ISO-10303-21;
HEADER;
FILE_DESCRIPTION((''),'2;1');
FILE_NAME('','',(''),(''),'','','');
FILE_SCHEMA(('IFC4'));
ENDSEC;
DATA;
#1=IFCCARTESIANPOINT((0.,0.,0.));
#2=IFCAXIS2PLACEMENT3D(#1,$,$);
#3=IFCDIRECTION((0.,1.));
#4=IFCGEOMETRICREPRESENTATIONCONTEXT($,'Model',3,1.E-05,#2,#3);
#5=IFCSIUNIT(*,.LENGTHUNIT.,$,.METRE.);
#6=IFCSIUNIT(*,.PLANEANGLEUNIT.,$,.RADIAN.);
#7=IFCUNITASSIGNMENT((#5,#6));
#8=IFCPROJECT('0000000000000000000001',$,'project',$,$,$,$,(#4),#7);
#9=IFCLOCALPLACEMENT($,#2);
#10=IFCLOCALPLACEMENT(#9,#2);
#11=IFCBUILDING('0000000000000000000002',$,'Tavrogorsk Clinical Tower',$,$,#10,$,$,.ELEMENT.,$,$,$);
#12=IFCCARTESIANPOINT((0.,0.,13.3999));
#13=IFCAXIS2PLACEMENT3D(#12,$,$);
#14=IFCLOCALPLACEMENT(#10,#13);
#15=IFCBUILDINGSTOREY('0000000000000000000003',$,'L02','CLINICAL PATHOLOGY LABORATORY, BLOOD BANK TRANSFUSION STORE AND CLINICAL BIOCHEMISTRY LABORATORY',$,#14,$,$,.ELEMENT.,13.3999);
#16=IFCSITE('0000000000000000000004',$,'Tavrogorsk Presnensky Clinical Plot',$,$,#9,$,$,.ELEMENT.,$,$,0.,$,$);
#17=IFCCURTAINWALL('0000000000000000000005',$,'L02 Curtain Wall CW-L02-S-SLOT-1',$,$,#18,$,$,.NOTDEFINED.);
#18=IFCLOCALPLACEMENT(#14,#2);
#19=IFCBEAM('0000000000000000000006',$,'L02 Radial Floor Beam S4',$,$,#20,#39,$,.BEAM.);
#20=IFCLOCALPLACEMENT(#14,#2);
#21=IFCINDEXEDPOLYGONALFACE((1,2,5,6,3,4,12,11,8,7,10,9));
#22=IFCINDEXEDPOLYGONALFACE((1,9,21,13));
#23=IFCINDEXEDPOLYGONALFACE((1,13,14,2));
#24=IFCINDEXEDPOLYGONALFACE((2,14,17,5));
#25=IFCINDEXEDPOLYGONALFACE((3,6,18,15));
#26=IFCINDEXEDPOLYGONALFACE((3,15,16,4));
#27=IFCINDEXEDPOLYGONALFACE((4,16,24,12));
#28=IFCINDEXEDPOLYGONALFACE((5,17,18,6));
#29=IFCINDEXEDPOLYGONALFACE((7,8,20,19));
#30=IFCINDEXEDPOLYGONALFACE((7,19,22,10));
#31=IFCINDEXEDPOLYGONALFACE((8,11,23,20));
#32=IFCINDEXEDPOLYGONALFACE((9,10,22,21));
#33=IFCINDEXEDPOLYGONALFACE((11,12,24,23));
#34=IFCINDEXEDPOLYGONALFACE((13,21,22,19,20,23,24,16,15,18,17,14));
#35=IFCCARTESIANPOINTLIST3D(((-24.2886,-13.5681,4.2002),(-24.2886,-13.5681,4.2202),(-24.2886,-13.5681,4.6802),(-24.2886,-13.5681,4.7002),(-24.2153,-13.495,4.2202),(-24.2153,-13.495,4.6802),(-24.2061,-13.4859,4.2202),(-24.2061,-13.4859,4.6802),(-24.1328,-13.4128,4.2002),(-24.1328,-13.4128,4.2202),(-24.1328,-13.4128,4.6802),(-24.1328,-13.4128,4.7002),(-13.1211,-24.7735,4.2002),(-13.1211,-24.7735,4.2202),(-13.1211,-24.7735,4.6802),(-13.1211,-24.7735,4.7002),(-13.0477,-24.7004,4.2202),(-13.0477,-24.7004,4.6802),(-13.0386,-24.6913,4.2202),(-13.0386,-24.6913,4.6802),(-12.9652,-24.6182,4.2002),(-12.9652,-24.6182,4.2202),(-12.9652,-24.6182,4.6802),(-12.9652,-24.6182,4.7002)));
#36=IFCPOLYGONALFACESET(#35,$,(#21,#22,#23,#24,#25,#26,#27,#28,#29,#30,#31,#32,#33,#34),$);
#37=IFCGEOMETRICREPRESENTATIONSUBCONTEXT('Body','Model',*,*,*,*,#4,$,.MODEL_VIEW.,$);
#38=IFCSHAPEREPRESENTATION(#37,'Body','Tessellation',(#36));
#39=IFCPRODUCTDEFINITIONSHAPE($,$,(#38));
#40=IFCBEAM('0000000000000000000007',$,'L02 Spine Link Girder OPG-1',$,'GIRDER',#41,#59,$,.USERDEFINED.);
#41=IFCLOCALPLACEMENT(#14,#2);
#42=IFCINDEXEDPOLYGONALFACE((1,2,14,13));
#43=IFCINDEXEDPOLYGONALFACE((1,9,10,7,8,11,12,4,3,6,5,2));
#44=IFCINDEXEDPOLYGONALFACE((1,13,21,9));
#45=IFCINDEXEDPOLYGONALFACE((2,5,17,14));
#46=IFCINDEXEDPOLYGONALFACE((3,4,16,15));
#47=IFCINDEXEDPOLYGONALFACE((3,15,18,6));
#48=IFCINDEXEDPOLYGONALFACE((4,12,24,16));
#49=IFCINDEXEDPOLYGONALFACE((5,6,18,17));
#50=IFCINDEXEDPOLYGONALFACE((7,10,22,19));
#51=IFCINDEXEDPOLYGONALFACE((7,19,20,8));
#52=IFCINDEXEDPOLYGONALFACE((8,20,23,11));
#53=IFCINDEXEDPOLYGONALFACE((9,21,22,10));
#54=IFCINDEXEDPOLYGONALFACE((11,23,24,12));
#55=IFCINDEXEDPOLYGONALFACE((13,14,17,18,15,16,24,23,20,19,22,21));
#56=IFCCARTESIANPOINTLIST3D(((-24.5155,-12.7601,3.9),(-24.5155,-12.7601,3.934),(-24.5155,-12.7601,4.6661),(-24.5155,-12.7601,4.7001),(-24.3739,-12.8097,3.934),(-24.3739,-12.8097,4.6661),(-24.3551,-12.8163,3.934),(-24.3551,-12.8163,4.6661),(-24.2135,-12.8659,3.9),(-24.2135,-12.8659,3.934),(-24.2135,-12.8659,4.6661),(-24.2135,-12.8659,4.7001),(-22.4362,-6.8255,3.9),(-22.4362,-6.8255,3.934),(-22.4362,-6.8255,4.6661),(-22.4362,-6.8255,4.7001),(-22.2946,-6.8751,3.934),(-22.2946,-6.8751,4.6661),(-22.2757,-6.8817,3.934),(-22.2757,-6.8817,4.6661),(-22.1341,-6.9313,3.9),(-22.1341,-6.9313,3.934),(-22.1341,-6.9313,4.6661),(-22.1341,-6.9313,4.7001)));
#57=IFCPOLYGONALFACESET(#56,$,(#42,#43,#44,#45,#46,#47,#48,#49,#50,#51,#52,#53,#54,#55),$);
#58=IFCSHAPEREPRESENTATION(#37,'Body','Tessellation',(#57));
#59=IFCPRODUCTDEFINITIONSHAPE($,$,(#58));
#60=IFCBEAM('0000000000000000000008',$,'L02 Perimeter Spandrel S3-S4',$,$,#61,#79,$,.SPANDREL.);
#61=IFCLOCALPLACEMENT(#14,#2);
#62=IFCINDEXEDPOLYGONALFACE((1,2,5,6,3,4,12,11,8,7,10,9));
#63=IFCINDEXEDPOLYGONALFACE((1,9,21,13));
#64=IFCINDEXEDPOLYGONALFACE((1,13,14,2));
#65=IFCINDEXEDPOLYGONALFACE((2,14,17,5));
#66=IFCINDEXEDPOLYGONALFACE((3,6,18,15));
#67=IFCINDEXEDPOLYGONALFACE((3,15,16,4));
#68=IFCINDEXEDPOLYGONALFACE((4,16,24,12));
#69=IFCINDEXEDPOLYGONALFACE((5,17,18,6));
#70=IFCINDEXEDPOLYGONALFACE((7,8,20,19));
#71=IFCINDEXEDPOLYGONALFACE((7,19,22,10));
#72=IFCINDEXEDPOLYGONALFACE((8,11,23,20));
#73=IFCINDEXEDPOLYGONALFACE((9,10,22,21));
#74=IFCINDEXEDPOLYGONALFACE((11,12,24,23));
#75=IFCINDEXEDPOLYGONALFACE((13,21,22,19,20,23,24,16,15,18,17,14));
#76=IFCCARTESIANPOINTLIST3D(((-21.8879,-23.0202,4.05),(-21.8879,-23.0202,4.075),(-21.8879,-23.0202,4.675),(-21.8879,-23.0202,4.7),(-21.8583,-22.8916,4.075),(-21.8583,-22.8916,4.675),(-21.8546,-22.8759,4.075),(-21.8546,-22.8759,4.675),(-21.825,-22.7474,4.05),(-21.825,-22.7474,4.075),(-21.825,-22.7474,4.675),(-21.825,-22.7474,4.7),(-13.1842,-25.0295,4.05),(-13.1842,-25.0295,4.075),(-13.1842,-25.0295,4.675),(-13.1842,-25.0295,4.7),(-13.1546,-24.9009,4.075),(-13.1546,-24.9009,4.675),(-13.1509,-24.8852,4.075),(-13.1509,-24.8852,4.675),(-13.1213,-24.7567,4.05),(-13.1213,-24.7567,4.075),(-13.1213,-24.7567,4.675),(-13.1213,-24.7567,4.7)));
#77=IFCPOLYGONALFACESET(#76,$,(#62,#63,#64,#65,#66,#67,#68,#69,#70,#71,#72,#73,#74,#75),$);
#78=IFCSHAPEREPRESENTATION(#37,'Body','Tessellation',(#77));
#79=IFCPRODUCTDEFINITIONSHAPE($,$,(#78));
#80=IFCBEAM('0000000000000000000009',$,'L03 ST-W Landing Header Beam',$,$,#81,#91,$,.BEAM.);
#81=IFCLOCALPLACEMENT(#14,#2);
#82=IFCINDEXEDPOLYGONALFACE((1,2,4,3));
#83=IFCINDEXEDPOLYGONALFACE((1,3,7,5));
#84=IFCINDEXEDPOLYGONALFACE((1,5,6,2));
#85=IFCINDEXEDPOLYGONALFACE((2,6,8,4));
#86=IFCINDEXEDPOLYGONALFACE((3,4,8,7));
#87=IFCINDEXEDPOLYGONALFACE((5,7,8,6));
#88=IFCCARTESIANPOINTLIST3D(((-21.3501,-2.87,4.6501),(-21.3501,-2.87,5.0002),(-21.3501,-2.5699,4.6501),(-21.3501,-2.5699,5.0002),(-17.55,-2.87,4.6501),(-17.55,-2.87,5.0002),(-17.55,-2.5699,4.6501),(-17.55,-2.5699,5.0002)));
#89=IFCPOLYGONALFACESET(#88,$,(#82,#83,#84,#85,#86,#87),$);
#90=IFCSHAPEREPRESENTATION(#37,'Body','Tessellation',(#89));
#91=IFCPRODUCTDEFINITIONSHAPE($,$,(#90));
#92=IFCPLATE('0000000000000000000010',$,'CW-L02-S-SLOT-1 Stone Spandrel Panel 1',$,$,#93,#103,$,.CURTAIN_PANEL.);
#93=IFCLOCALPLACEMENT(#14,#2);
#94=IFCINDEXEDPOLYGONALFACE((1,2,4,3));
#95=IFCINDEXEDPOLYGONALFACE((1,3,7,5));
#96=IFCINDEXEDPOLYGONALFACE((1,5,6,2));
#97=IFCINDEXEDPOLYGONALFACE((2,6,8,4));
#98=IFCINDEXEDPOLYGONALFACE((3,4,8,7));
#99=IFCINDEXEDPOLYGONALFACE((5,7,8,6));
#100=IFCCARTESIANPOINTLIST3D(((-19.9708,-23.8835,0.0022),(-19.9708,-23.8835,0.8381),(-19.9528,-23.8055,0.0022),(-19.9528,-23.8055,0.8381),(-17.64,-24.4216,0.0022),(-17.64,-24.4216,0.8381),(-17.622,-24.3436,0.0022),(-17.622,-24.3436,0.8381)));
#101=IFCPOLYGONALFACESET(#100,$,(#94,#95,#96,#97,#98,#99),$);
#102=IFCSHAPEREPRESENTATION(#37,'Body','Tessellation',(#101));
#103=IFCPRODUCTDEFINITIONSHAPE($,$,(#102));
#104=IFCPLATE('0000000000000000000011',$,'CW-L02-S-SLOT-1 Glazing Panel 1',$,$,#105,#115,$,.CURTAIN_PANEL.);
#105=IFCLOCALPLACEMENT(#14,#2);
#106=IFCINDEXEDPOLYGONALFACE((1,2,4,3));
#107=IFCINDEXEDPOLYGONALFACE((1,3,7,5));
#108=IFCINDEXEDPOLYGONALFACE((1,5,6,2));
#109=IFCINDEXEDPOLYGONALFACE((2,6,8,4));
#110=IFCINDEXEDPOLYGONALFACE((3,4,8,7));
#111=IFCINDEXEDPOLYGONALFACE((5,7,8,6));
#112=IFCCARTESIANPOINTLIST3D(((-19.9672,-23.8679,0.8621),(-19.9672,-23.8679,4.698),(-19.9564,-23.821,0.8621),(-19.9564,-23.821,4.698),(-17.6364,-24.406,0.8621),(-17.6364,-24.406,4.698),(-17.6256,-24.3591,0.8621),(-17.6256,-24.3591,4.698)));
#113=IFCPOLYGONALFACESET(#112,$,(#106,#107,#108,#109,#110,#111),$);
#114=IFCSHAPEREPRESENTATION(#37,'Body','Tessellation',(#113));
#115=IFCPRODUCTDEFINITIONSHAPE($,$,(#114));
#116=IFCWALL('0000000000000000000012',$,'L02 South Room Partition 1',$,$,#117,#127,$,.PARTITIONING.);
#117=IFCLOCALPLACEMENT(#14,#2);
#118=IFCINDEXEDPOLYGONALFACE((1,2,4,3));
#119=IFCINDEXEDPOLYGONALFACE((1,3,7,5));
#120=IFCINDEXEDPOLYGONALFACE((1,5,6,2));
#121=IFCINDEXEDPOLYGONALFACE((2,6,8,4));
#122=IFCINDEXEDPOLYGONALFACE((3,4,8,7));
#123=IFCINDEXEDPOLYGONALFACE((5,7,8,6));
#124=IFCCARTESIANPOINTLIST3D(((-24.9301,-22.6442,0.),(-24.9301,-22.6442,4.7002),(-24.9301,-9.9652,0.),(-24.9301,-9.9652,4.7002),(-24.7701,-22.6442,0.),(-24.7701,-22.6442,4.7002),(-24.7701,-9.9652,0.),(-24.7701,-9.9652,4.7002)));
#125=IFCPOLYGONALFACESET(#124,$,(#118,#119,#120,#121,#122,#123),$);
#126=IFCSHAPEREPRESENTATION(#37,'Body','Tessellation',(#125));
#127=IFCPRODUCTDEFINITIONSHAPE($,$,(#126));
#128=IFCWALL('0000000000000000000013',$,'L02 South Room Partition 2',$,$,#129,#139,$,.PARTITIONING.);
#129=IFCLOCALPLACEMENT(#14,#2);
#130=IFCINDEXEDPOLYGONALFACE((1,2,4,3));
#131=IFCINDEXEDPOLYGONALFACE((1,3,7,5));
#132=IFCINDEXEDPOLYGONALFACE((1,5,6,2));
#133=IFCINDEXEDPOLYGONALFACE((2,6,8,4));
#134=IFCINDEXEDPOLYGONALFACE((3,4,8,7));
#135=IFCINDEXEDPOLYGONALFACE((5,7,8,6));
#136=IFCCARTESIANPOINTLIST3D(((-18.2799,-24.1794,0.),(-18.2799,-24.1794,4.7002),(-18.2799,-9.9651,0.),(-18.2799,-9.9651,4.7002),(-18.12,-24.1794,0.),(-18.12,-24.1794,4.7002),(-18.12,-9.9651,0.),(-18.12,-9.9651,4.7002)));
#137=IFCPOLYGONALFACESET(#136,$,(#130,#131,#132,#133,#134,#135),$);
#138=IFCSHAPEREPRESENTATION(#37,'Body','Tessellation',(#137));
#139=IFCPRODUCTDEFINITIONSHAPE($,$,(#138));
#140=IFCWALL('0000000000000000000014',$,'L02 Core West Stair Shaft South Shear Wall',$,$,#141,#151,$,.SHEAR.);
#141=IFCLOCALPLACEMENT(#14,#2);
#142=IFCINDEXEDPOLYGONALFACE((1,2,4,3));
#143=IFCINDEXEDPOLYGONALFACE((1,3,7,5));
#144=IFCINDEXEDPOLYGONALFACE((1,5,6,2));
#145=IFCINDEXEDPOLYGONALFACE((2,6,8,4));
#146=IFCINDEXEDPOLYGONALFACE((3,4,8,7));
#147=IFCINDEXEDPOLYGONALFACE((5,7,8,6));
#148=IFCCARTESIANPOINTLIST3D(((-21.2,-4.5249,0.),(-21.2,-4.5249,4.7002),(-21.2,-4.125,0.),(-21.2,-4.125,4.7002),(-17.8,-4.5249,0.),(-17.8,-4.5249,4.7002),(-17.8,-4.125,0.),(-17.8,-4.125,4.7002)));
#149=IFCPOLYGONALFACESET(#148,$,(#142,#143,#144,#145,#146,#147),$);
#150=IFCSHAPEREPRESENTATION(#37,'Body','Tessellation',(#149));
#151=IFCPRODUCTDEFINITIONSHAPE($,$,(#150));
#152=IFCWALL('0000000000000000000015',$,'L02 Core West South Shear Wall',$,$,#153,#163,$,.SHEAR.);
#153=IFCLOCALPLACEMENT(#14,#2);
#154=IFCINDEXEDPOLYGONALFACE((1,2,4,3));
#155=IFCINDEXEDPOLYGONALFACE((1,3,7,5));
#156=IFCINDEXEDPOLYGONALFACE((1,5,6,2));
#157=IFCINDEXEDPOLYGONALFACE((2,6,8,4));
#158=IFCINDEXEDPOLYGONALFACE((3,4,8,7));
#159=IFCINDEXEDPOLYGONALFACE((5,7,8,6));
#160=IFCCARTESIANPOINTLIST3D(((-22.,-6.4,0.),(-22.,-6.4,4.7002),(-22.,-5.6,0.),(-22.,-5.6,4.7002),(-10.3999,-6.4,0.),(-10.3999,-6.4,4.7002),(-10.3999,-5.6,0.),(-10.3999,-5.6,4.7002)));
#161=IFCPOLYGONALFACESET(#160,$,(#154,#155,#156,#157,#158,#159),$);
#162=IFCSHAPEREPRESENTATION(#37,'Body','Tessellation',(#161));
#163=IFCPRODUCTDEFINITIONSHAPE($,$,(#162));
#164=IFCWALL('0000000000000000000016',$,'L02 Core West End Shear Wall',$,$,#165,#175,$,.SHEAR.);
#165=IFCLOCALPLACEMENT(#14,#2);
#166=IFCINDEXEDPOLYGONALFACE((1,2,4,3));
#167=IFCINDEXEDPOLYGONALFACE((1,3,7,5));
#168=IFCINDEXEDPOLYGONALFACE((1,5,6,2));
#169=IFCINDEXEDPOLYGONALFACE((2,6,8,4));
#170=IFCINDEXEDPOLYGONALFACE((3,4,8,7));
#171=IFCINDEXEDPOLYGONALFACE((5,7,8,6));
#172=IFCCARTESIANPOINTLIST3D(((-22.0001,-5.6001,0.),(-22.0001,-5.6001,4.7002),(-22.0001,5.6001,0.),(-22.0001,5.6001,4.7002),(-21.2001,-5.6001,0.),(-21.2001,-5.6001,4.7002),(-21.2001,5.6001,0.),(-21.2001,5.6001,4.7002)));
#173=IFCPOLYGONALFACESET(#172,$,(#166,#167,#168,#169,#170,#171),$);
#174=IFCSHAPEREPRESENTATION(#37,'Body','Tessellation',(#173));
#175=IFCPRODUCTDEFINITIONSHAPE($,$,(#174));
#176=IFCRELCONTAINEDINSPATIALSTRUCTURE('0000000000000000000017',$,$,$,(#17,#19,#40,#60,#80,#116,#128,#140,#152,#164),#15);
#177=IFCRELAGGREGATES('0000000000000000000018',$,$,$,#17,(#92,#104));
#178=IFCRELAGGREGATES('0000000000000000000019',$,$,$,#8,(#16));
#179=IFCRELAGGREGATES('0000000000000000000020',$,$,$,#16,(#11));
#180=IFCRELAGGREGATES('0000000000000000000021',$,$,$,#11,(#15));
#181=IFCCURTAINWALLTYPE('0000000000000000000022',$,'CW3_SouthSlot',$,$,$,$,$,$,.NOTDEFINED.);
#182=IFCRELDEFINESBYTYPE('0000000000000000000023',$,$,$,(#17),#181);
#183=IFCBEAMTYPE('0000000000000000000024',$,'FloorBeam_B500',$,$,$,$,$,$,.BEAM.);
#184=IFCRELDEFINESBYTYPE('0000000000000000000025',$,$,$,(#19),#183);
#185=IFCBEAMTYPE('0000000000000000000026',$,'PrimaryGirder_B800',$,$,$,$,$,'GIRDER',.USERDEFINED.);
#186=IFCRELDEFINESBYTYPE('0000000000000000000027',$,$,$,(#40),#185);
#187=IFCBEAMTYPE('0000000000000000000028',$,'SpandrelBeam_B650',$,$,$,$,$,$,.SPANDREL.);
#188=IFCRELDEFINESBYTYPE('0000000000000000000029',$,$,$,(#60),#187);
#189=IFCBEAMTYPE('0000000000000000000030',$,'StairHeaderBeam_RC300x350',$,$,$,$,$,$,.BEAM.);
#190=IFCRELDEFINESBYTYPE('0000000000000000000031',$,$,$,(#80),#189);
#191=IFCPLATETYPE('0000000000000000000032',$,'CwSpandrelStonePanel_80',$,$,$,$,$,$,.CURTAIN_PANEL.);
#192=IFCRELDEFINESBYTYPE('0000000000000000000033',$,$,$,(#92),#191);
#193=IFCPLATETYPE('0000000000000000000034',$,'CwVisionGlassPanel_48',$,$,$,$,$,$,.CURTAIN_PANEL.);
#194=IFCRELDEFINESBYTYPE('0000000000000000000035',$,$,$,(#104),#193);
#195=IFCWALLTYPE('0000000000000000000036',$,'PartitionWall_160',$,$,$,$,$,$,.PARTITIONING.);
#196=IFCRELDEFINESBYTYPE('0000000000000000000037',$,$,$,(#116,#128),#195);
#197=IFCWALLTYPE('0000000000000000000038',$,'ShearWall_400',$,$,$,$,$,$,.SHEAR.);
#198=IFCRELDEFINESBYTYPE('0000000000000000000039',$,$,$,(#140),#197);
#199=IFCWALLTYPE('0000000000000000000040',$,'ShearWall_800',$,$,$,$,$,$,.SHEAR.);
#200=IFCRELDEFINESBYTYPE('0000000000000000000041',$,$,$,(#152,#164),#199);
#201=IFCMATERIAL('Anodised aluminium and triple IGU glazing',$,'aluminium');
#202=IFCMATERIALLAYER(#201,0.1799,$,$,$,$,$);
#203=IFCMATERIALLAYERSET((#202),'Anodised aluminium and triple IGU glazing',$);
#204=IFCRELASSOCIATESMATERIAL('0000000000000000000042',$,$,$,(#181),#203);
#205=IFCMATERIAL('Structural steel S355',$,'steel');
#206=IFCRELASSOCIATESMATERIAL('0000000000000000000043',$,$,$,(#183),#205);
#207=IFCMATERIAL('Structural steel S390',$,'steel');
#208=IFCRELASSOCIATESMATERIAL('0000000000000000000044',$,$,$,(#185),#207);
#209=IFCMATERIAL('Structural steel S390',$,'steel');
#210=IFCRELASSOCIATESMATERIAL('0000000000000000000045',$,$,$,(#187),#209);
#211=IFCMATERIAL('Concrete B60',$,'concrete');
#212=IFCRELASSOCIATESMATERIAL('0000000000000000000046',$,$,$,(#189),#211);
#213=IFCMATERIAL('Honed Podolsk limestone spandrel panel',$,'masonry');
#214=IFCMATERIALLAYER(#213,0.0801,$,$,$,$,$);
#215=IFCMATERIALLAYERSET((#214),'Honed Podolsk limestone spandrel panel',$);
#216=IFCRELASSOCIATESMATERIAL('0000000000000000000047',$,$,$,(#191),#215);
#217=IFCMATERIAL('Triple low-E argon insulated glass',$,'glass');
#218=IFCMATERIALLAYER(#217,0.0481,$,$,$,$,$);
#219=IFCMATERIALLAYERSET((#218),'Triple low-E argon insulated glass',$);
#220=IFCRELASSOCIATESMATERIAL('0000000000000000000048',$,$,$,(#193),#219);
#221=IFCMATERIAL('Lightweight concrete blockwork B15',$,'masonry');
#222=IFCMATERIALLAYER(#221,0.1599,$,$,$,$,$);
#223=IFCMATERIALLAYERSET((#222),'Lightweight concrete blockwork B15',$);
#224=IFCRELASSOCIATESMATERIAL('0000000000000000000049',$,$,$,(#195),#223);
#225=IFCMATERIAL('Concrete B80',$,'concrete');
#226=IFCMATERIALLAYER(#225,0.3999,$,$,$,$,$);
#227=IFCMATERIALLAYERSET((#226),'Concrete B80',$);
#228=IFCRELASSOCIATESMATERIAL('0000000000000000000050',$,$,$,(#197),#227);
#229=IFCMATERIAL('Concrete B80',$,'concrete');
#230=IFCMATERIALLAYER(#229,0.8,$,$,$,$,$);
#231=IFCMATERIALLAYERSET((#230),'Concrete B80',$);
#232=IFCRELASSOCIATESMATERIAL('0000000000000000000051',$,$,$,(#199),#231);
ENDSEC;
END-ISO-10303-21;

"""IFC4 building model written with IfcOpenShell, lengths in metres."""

from ifc_helpers import new_model, si_unit, direction, frame, frame_2d, origin, origin_2d, place, context, subcontext, project, spatial, rectangle, i_section, extrude, material, layer, layer_set, material_profile, profile_set, type_object, element, aggregate, save


model = new_model("IFC4")

# Units and contexts
model_context = context("Model", 3, precision=1e-05, world=origin(), true_north=direction((0.0, 1.0)))
body_context = subcontext(model_context, "Body", "Model", "MODEL_VIEW")
ifc_project = project(units=[si_unit("LENGTHUNIT", "METRE"), si_unit("PLANEANGLEUNIT", "RADIAN")], contexts=[model_context])

# Site, building, storey
site_placement = place(None, origin())
site = spatial("IfcSite", under=ifc_project, at=site_placement, Name="Tavrogorsk Presnensky Clinical Plot", CompositionType="ELEMENT", RefElevation=0.0)
building_placement = place(site_placement, origin())
building = spatial("IfcBuilding", under=site, at=building_placement, Name="Tavrogorsk Clinical Tower", CompositionType="ELEMENT")
storey_placement = place(building_placement, frame((0.0, 0.0, 13.3999)))
storey = spatial("IfcBuildingStorey", under=building, at=storey_placement, Name="L02", Description="CLINICAL PATHOLOGY LABORATORY, BLOOD BANK TRANSFUSION STORE AND CLINICAL BIOCHEMISTRY LABORATORY", CompositionType="ELEMENT", Elevation=13.3999)

# Curtain wall
ifc_material_1 = material(Name="Anodised aluminium and triple IGU glazing", Category="aluminium")
ifc_layer_1 = layer(ifc_material_1, 0.1799)
ifc_layer_set_1 = layer_set([ifc_layer_1], Name="Anodised aluminium and triple IGU glazing")
curtain_wall_type = type_object("IfcCurtainWallType", Name="CW3_SouthSlot", PredefinedType="NOTDEFINED", material=ifc_layer_set_1)
curtain_wall_placement = place(storey_placement, origin())
curtain_wall = element("IfcCurtainWall", 1, at=curtain_wall_placement, inside=storey, type_object=curtain_wall_type, Name="L02 Curtain Wall CW-L02-S-SLOT-1", PredefinedType="NOTDEFINED")

# Beams
ifc_material_2 = material(Name="Structural steel S355", Category="steel")
ifc_material_profile_1 = material_profile(ifc_material_2, i_section(OverallWidth=0.22, OverallDepth=0.5, WebThickness=0.0129, FlangeThickness=0.02, at=origin_2d()), Name="B-500x220x13x20")
ifc_profile_set_1 = profile_set([ifc_material_profile_1], Name="Structural steel S355")
beam_type_1 = type_object("IfcBeamType", Name="FloorBeam_B500", PredefinedType="BEAM", material=ifc_profile_set_1)
beam_1_placement = place(storey_placement, frame((-24.2107, -13.4905, 4.4502), z_axis=(0.70591, -0.708302, 0.0), x_axis=(0.708302, 0.70591, 0.0)))
element("IfcBeam", 2, at=beam_1_placement, inside=storey, type_object=beam_type_1, Name="L02 Radial Floor Beam S4", PredefinedType="BEAM", context=body_context, shape_type="SweptSolid", body=[
    extrude(i_section(OverallWidth=0.22, OverallDepth=0.5, WebThickness=0.0129, FlangeThickness=0.02, at=origin_2d()), origin(), (0.0, 0.0, 1.0), 15.8201),
])
ifc_material_3 = material(Name="Structural steel S390", Category="steel")
ifc_material_profile_2 = material_profile(ifc_material_3, i_section(OverallWidth=0.3201, OverallDepth=0.8, WebThickness=0.02, FlangeThickness=0.0339, at=origin_2d()), Name="B-800x320x20x34")
ifc_profile_set_2 = profile_set([ifc_material_profile_2], Name="Structural steel S390")
beam_type_2 = type_object("IfcBeamType", Name="PrimaryGirder_B800", ElementType="GIRDER", PredefinedType="USERDEFINED", material=ifc_profile_set_2)
beam_2_placement = place(storey_placement, frame((-24.3645, -12.813, 4.3), z_axis=(0.330669, 0.943747, 0.0), x_axis=(-0.943747, 0.330669, 0.0)))
element("IfcBeam", 3, at=beam_2_placement, inside=storey, type_object=beam_type_2, Name="L02 Spine Link Girder OPG-1", ObjectType="GIRDER", PredefinedType="USERDEFINED", context=body_context, shape_type="SweptSolid", body=[
    extrude(i_section(OverallWidth=0.3201, OverallDepth=0.8, WebThickness=0.02, FlangeThickness=0.0339, at=origin_2d()), origin(), (0.0, 0.0, 1.0), 6.2883),
])
ifc_material_4 = material(Name="Structural steel S390", Category="steel")
ifc_material_profile_3 = material_profile(ifc_material_4, i_section(OverallWidth=0.28, OverallDepth=0.6499, WebThickness=0.0161, FlangeThickness=0.0249, at=origin_2d()), Name="B-650x280x16x25")
ifc_profile_set_3 = profile_set([ifc_material_profile_3], Name="Structural steel S390")
beam_type_3 = type_object("IfcBeamType", Name="SpandrelBeam_B650", PredefinedType="SPANDREL", material=ifc_profile_set_3)
beam_3_placement = place(storey_placement, frame((-21.8564, -22.8838, 4.375), z_axis=(0.974373, -0.224939, 0.0), x_axis=(0.224939, 0.974373, 0.0)))
element("IfcBeam", 4, at=beam_3_placement, inside=storey, type_object=beam_type_3, Name="L02 Perimeter Spandrel S3-S4", PredefinedType="SPANDREL", context=body_context, shape_type="SweptSolid", body=[
    extrude(i_section(OverallWidth=0.28, OverallDepth=0.6499, WebThickness=0.0161, FlangeThickness=0.0249, at=origin_2d()), origin(), (0.0, 0.0, 1.0), 8.9326),
])
ifc_material_5 = material(Name="Concrete B60", Category="concrete")
ifc_material_profile_4 = material_profile(ifc_material_5, rectangle(XDim=0.3, YDim=0.3501, at=origin_2d()), Name="RC-SHB-300x350")
ifc_profile_set_4 = profile_set([ifc_material_profile_4], Name="Concrete B60")
beam_type_4 = type_object("IfcBeamType", Name="StairHeaderBeam_RC300x350", PredefinedType="BEAM", material=ifc_profile_set_4)
beam_4_placement = place(storey_placement, frame((-21.3501, -2.72, 4.8252), z_axis=(1.0, 0.0, 0.0), x_axis=(0.0, 1.0, 0.0)))
element("IfcBeam", 5, at=beam_4_placement, inside=storey, type_object=beam_type_4, Name="L03 ST-W Landing Header Beam", PredefinedType="BEAM", context=body_context, shape_type="SweptSolid", body=[
    extrude(rectangle(XDim=0.3, YDim=0.3501, at=origin_2d()), origin(), (0.0, 0.0, 1.0), 3.8),
])

# Plates
ifc_material_6 = material(Name="Honed Podolsk limestone spandrel panel", Category="masonry")
ifc_layer_2 = layer(ifc_material_6, 0.0801)
ifc_layer_set_2 = layer_set([ifc_layer_2], Name="Honed Podolsk limestone spandrel panel")
plate_type_1 = type_object("IfcPlateType", Name="CwSpandrelStonePanel_80", PredefinedType="CURTAIN_PANEL", material=ifc_layer_set_2)
plate_1_placement = place(storey_placement, frame((-18.7964, -24.1135, 0.0022), z_axis=(0.0, 0.0, 1.0), x_axis=(0.97437, -0.224951, 0.0)))
plate_1 = element("IfcPlate", 6, at=plate_1_placement, type_object=plate_type_1, Name="CW-L02-S-SLOT-1 Stone Spandrel Panel 1", PredefinedType="CURTAIN_PANEL", context=body_context, shape_type="SweptSolid", body=[
    extrude(rectangle(XDim=2.3921, YDim=0.0801, at=origin_2d()), origin(), (0.0, 0.0, 1.0), 0.8359),
])
ifc_material_7 = material(Name="Triple low-E argon insulated glass", Category="glass")
ifc_layer_3 = layer(ifc_material_7, 0.0481)
ifc_layer_set_3 = layer_set([ifc_layer_3], Name="Triple low-E argon insulated glass")
plate_type_2 = type_object("IfcPlateType", Name="CwVisionGlassPanel_48", PredefinedType="CURTAIN_PANEL", material=ifc_layer_set_3)
plate_2_placement = place(storey_placement, frame((-18.7964, -24.1135, 0.8621), z_axis=(0.0, 0.0, 1.0), x_axis=(0.97437, -0.224951, 0.0)))
plate_2 = element("IfcPlate", 7, at=plate_2_placement, type_object=plate_type_2, Name="CW-L02-S-SLOT-1 Glazing Panel 1", PredefinedType="CURTAIN_PANEL", context=body_context, shape_type="SweptSolid", body=[
    extrude(rectangle(XDim=2.3921, YDim=0.0481, at=origin_2d()), origin(), (0.0, 0.0, 1.0), 3.8359),
])
aggregate(curtain_wall, [plate_1, plate_2])

# Walls
ifc_material_8 = material(Name="Lightweight concrete blockwork B15", Category="masonry")
ifc_layer_4 = layer(ifc_material_8, 0.1599)
ifc_layer_set_4 = layer_set([ifc_layer_4], Name="Lightweight concrete blockwork B15")
wall_type_1 = type_object("IfcWallType", Name="PartitionWall_160", PredefinedType="PARTITIONING", material=ifc_layer_set_4)
wall_1_placement = place(storey_placement, frame((-24.8501, -22.644, 0.0), z_axis=(0.0, 0.0, 1.0), x_axis=(0.0, 1.0, 0.0)))
element("IfcWall", 8, at=wall_1_placement, inside=storey, type_object=wall_type_1, Name="L02 South Room Partition 1", PredefinedType="PARTITIONING", context=body_context, shape_type="SweptSolid", body=[
    extrude(rectangle(XDim=12.679, YDim=0.1599, at=frame_2d((6.3394, 0.0))), origin(), (0.0, 0.0, 1.0), 4.7002),
])
wall_2_placement = place(storey_placement, frame((-18.2, -24.1794, 0.0), z_axis=(0.0, 0.0, 1.0), x_axis=(0.0, 1.0, 0.0)))
element("IfcWall", 9, at=wall_2_placement, inside=storey, type_object=wall_type_1, Name="L02 South Room Partition 2", PredefinedType="PARTITIONING", context=body_context, shape_type="SweptSolid", body=[
    extrude(rectangle(XDim=14.2144, YDim=0.1599, at=frame_2d((7.1072, 0.0))), origin(), (0.0, 0.0, 1.0), 4.7002),
])
ifc_material_9 = material(Name="Concrete B80", Category="concrete")
ifc_layer_5 = layer(ifc_material_9, 0.3999)
ifc_layer_set_5 = layer_set([ifc_layer_5], Name="Concrete B80")
wall_type_2 = type_object("IfcWallType", Name="ShearWall_400", PredefinedType="SHEAR", material=ifc_layer_set_5)
wall_3_placement = place(storey_placement, frame((-21.2, -4.325, 0.0), z_axis=(0.0, 0.0, 1.0), x_axis=(1.0, 0.0, 0.0)))
element("IfcWall", 10, at=wall_3_placement, inside=storey, type_object=wall_type_2, Name="L02 Core West Stair Shaft South Shear Wall", PredefinedType="SHEAR", context=body_context, shape_type="SweptSolid", body=[
    extrude(rectangle(XDim=3.3999, YDim=0.3999, at=frame_2d((1.7, 0.0))), origin(), (0.0, 0.0, 1.0), 4.7002),
])
ifc_material_10 = material(Name="Concrete B80", Category="concrete")
ifc_layer_6 = layer(ifc_material_10, 0.8)
ifc_layer_set_6 = layer_set([ifc_layer_6], Name="Concrete B80")
wall_type_3 = type_object("IfcWallType", Name="ShearWall_800", PredefinedType="SHEAR", material=ifc_layer_set_6)
wall_4_placement = place(storey_placement, frame((-22.0, -6.0, 0.0), z_axis=(0.0, 0.0, 1.0), x_axis=(1.0, 0.0, 0.0)))
element("IfcWall", 11, at=wall_4_placement, inside=storey, type_object=wall_type_3, Name="L02 Core West South Shear Wall", PredefinedType="SHEAR", context=body_context, shape_type="SweptSolid", body=[
    extrude(rectangle(XDim=11.6001, YDim=0.8, at=frame_2d((5.8, 0.0))), origin(), (0.0, 0.0, 1.0), 4.7002),
])
wall_5_placement = place(storey_placement, frame((-21.6001, -5.6001, 0.0), z_axis=(0.0, 0.0, 1.0), x_axis=(0.0, 1.0, 0.0)))
element("IfcWall", 12, at=wall_5_placement, inside=storey, type_object=wall_type_3, Name="L02 Core West End Shear Wall", PredefinedType="SHEAR", context=body_context, shape_type="SweptSolid", body=[
    extrude(rectangle(XDim=11.2002, YDim=0.8, at=frame_2d((5.6001, 0.0))), origin(), (0.0, 0.0, 1.0), 4.7002),
])

save(model, "model.ifc")
